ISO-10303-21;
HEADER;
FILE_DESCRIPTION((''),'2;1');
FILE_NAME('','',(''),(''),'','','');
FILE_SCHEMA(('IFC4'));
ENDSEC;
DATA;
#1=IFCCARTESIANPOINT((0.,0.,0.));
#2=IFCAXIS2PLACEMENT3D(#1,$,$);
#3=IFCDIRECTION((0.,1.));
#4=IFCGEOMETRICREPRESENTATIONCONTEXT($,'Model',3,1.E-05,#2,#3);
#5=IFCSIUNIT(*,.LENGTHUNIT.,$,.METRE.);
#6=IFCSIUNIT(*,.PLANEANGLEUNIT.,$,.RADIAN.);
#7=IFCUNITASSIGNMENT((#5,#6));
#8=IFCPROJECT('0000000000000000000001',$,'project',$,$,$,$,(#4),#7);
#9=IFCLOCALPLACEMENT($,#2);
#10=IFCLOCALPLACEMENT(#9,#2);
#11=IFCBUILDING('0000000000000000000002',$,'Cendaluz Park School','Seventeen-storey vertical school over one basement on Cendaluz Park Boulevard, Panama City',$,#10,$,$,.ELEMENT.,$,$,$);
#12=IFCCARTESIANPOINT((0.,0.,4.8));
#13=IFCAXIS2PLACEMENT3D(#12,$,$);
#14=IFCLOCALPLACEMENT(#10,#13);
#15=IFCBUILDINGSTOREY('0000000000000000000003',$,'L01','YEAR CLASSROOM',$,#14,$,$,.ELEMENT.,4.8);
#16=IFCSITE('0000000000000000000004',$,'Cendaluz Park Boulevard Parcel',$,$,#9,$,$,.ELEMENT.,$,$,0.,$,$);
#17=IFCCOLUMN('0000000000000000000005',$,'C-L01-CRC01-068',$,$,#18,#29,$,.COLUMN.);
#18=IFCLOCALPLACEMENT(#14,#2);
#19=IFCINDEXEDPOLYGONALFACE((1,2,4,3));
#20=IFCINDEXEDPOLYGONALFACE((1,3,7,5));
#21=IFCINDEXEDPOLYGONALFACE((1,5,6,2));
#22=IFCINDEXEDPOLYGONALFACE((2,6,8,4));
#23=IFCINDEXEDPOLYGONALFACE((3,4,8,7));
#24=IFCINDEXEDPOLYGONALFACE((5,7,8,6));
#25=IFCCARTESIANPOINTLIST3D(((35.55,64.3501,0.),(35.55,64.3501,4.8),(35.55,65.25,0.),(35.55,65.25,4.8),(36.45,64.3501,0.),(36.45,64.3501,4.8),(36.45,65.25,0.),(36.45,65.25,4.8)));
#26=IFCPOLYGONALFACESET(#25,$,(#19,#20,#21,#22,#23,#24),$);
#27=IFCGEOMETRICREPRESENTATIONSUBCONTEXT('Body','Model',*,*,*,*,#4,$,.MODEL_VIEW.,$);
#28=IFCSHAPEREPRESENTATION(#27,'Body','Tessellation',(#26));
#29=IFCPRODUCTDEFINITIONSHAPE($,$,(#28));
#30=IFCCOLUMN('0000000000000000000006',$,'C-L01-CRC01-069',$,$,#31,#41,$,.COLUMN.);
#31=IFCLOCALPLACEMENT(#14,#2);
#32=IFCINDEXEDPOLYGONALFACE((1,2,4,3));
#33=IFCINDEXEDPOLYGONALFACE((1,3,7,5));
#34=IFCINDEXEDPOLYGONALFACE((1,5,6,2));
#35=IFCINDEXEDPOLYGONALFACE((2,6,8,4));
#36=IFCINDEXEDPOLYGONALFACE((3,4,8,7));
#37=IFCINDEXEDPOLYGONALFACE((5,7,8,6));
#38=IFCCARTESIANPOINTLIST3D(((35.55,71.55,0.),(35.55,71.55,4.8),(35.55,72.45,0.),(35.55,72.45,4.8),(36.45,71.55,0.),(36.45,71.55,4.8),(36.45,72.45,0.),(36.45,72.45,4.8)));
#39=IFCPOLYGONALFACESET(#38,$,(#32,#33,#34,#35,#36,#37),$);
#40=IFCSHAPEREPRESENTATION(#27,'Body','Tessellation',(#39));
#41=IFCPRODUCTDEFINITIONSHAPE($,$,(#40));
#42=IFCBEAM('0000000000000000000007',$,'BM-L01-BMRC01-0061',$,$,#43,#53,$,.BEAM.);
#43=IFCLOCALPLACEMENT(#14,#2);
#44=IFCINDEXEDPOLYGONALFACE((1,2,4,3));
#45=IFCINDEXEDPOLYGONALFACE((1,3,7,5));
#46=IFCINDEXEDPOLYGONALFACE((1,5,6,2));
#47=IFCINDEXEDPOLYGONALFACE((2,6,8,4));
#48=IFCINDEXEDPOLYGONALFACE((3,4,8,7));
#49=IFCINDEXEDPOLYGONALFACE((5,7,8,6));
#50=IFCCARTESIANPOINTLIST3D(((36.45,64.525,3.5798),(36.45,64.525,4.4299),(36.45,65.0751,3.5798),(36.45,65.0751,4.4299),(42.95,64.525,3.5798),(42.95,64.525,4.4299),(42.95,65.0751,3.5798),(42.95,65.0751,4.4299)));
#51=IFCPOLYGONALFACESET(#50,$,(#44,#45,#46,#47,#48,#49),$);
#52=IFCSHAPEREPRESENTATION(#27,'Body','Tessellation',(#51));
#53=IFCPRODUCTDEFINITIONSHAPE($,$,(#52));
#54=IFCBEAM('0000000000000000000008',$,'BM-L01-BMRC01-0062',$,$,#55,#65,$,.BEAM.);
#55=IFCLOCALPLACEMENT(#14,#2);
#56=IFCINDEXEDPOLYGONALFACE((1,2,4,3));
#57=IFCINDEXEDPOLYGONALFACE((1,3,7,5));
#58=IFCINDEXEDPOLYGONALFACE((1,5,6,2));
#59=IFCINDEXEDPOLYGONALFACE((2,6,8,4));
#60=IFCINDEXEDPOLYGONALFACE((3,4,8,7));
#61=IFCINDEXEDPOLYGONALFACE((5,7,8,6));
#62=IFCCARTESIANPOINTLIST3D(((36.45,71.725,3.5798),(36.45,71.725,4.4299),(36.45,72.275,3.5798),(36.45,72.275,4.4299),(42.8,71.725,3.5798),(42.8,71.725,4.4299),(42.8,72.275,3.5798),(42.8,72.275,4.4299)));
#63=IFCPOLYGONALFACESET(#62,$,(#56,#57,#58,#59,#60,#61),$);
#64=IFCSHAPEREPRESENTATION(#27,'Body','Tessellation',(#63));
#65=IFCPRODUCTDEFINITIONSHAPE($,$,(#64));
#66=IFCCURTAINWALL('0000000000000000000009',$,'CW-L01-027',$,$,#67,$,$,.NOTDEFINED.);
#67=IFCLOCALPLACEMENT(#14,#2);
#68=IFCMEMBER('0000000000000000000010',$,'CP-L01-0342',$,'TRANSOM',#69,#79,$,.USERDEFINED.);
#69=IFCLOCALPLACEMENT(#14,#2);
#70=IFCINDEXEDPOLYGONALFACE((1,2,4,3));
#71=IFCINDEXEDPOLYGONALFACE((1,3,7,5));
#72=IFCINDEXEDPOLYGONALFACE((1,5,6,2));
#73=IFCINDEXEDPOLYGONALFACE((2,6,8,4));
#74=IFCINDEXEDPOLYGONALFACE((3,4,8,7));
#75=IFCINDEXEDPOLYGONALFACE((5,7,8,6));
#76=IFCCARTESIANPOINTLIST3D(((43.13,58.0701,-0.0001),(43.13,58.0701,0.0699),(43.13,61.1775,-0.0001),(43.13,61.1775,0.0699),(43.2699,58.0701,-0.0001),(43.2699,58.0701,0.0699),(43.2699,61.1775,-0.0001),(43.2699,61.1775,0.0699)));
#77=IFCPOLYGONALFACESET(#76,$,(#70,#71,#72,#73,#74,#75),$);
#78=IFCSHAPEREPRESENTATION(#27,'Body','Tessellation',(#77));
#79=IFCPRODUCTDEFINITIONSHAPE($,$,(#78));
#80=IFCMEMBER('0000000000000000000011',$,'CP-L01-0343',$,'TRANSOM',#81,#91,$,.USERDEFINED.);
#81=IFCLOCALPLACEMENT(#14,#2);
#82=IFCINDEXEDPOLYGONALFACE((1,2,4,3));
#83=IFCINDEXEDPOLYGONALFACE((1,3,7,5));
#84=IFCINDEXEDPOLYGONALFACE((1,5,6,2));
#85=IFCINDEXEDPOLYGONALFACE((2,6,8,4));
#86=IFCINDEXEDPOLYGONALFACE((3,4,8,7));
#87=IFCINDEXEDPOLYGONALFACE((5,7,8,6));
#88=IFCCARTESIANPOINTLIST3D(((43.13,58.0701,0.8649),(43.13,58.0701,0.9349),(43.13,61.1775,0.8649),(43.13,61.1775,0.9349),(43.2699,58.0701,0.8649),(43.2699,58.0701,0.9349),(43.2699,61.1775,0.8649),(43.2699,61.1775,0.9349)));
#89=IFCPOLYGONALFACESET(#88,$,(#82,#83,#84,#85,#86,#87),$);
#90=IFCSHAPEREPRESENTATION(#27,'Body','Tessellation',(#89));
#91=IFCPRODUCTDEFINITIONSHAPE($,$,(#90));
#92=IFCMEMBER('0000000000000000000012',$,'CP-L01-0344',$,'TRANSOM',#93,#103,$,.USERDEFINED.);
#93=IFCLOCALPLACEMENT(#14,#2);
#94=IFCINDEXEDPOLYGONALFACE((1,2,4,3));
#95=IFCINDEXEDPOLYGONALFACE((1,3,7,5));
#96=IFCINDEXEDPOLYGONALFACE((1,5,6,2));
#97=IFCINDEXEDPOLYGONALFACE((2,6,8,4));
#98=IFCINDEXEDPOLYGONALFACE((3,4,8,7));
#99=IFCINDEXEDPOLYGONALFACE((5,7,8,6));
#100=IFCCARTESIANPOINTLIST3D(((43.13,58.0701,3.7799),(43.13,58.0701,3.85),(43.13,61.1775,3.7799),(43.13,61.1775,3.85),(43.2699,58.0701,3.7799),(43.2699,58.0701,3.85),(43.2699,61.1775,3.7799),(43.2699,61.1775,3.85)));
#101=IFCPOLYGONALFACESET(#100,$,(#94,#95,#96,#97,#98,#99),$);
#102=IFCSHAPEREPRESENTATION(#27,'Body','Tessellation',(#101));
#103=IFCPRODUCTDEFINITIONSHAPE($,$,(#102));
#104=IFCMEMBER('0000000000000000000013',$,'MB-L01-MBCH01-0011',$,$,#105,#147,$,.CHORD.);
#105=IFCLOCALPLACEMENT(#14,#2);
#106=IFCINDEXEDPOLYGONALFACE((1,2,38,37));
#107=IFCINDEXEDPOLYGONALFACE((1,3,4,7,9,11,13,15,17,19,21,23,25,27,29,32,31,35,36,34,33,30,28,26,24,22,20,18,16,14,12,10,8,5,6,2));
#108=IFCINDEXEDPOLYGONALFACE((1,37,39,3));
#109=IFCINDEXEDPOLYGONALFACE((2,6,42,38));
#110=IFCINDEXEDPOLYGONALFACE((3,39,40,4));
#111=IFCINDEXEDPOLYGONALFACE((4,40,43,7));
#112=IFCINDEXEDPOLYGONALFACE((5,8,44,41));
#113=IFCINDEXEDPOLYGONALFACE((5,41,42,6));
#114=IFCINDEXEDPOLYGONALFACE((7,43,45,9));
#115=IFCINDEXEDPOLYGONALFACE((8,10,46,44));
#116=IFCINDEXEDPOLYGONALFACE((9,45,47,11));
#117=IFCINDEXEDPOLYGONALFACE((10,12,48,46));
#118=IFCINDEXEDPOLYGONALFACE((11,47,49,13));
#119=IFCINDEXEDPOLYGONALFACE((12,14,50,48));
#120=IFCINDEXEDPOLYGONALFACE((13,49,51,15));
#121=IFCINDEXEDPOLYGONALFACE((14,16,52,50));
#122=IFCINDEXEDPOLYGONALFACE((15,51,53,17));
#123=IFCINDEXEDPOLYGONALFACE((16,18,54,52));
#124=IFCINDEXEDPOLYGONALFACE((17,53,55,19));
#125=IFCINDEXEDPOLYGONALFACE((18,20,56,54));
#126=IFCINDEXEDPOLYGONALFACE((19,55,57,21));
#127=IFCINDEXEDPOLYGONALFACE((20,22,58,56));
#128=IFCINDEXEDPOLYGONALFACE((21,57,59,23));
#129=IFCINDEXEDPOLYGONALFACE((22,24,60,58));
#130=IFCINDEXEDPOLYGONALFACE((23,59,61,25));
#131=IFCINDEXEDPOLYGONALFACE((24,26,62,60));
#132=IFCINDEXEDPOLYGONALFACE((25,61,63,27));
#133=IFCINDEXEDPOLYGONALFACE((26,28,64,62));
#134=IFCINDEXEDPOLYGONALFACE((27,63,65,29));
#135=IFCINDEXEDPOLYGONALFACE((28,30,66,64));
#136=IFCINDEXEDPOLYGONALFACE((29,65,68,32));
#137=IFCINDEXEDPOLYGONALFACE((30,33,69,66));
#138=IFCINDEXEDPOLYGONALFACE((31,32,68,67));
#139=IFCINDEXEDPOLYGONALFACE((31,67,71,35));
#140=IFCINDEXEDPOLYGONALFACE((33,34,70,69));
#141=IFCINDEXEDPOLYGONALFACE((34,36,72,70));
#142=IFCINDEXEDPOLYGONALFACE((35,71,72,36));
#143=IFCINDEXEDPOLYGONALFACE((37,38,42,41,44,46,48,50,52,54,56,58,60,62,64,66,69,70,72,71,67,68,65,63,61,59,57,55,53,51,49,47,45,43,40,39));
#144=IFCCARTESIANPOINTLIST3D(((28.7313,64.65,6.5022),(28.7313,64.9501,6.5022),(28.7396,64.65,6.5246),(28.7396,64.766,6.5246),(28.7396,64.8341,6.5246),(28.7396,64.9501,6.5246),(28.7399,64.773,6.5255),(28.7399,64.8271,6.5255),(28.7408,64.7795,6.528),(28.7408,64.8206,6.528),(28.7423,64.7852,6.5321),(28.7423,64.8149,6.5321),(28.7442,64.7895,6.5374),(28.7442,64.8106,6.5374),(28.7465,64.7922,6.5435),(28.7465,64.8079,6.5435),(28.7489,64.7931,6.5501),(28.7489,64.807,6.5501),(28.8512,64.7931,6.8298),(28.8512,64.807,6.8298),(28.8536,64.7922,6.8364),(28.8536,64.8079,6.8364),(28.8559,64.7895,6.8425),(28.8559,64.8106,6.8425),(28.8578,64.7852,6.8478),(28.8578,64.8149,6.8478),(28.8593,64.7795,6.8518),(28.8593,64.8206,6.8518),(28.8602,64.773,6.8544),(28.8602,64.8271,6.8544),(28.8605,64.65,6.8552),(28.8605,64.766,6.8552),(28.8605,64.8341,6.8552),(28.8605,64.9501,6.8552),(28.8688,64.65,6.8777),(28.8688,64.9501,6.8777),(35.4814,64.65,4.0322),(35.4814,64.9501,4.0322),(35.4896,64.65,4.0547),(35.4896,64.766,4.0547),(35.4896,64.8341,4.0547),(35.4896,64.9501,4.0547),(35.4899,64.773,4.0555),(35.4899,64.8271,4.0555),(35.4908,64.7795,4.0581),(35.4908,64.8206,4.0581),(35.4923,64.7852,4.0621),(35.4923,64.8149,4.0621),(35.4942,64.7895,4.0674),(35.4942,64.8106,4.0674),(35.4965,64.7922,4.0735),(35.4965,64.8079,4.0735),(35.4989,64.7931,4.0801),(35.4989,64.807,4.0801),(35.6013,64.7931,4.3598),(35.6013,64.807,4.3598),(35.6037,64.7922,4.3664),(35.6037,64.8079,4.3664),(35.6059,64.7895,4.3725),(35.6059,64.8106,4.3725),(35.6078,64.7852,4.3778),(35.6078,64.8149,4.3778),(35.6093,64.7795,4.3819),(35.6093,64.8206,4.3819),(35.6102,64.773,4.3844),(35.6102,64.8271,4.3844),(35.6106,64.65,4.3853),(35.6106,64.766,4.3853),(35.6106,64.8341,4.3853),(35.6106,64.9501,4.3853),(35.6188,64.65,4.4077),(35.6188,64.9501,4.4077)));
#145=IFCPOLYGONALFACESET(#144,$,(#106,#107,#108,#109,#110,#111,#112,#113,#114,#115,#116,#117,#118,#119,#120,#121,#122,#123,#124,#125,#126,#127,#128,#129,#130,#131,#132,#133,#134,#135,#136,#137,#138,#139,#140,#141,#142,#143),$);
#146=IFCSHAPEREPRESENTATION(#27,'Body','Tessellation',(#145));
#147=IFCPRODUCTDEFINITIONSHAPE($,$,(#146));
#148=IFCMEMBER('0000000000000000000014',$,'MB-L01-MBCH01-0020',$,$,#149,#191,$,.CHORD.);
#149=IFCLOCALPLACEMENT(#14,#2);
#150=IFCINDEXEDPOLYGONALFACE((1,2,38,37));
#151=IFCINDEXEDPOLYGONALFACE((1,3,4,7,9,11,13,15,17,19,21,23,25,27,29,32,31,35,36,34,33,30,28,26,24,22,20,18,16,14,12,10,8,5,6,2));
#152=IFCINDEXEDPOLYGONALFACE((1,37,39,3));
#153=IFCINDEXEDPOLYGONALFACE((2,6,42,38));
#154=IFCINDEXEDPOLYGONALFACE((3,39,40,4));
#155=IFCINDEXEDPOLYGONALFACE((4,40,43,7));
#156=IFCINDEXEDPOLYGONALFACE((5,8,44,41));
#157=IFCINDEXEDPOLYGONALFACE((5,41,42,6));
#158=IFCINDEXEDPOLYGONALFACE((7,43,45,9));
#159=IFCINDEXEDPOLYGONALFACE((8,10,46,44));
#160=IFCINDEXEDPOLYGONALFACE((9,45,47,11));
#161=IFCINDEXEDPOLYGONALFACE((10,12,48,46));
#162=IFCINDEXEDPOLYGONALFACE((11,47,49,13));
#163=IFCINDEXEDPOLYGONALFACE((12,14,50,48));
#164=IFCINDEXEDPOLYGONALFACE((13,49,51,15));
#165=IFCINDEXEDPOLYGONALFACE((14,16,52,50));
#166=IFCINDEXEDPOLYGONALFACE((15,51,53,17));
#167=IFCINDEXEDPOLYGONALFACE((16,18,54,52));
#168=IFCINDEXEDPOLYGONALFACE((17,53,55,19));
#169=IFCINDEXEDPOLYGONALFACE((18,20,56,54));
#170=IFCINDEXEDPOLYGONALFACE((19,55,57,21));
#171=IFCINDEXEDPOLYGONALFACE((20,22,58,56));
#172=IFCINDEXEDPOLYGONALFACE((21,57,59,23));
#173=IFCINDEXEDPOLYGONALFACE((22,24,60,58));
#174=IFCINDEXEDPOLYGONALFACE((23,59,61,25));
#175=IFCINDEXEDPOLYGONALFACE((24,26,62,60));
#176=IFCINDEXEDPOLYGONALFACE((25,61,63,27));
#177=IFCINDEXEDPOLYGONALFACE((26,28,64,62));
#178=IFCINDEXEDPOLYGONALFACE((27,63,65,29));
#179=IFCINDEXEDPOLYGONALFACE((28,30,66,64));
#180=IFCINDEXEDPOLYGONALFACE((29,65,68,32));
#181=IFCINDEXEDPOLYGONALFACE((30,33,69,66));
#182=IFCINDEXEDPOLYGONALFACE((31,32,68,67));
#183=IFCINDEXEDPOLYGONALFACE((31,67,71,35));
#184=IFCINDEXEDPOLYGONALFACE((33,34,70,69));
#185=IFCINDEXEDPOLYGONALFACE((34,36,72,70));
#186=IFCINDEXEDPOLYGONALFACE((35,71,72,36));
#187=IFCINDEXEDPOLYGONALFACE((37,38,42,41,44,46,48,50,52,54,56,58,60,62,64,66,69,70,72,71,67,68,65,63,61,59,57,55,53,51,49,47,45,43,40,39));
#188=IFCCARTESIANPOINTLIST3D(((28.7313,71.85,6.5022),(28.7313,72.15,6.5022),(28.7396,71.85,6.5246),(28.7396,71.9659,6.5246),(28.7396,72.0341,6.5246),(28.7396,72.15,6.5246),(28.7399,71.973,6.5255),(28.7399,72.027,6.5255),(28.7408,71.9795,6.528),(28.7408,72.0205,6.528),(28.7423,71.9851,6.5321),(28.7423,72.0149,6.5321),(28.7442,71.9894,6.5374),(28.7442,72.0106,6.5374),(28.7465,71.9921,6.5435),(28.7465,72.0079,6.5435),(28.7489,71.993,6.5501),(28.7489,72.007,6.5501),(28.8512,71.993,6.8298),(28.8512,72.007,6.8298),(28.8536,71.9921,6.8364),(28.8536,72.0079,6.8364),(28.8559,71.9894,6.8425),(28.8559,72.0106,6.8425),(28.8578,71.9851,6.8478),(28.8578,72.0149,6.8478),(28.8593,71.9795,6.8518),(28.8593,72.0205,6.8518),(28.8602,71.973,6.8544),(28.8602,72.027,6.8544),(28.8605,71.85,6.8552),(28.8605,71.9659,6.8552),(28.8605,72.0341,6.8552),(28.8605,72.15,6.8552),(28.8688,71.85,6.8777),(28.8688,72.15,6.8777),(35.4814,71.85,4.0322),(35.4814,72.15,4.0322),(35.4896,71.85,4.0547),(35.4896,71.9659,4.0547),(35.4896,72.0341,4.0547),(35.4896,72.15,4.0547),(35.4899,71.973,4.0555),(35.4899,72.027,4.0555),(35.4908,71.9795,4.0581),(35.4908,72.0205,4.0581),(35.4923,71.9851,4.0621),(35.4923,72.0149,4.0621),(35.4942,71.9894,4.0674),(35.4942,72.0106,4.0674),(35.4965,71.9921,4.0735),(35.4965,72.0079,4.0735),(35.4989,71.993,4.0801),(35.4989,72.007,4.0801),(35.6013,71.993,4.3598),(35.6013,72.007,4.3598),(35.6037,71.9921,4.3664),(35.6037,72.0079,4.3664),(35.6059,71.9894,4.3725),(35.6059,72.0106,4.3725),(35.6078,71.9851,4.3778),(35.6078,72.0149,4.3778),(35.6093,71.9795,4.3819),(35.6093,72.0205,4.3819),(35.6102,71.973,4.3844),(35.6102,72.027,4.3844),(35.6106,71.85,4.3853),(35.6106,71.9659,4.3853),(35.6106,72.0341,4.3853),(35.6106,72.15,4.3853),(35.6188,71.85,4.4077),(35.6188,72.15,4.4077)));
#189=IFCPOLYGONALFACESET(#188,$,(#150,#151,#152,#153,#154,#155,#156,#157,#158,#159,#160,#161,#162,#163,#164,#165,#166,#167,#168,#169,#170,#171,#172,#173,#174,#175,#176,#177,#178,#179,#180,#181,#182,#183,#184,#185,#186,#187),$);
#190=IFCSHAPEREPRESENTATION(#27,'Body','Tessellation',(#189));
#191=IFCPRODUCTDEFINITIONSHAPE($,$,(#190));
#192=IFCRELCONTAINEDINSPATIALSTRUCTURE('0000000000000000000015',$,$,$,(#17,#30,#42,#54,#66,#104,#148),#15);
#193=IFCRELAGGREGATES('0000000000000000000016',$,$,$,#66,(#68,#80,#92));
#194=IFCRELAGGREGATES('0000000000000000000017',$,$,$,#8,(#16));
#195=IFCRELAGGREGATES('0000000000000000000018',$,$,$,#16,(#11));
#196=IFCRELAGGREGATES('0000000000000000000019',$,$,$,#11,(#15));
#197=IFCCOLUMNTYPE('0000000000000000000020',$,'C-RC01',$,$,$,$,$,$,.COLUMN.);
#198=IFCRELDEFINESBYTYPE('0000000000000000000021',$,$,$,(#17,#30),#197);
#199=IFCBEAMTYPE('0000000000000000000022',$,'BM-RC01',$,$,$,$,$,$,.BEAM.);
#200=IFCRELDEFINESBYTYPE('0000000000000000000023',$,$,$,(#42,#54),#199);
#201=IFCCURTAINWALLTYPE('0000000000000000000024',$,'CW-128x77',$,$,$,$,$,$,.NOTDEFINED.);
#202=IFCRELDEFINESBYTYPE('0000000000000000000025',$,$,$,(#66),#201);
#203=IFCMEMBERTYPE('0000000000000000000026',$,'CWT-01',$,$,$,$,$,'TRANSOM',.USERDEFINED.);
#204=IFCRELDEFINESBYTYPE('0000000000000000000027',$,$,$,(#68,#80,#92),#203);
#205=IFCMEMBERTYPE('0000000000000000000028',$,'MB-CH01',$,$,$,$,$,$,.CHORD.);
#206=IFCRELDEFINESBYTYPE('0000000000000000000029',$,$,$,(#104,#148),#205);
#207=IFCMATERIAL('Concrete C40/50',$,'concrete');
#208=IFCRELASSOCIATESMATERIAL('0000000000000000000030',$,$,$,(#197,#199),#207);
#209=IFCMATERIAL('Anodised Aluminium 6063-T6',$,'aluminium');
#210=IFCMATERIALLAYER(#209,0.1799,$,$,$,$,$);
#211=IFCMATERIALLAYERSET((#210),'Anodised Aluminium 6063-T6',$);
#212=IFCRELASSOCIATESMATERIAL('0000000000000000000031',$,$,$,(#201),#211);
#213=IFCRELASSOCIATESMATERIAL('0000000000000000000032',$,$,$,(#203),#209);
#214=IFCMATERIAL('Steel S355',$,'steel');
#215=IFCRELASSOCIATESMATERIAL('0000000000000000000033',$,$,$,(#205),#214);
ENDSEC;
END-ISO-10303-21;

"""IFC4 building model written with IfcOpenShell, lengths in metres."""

from ifc_helpers import new_model, si_unit, direction, frame, origin, origin_2d, place, context, subcontext, project, spatial, rectangle, i_section, extrude, material, layer, layer_set, material_profile, profile_set, type_object, element, aggregate, save


model = new_model("IFC4")

# Units and contexts
model_context = context("Model", 3, precision=1e-05, world=origin(), true_north=direction((0.0, 1.0)))
body_context = subcontext(model_context, "Body", "Model", "MODEL_VIEW")
ifc_project = project(units=[si_unit("LENGTHUNIT", "METRE"), si_unit("PLANEANGLEUNIT", "RADIAN")], contexts=[model_context])

# Site, building, storey
site_placement = place(None, origin())
site = spatial("IfcSite", under=ifc_project, at=site_placement, Name="Cendaluz Park Boulevard Parcel", CompositionType="ELEMENT", RefElevation=0.0)
building_placement = place(site_placement, origin())
building = spatial("IfcBuilding", under=site, at=building_placement, Name="Cendaluz Park School", Description="Seventeen-storey vertical school over one basement on Cendaluz Park Boulevard, Panama City", CompositionType="ELEMENT")
storey_placement = place(building_placement, frame((0.0, 0.0, 4.8)))
storey = spatial("IfcBuildingStorey", under=building, at=storey_placement, Name="L01", Description="YEAR CLASSROOM", CompositionType="ELEMENT", Elevation=4.8)

# Columns
ifc_material_1 = material(Name="Concrete C40/50", Category="concrete")
ifc_material_profile_1 = material_profile(ifc_material_1, rectangle(XDim=0.8999, YDim=0.8999, at=origin_2d()), Name="RC 900x900", Category="concrete")
ifc_profile_set_1 = profile_set([ifc_material_profile_1], Name="Concrete C40/50")
column_type = type_object("IfcColumnType", Name="C-RC01", PredefinedType="COLUMN", material=ifc_profile_set_1)
for number, where, z_axis, x_axis, name in (
    (1, (36.0, 64.8, 0.0), (0.0, 0.0, 1.0), (1.0, 0.0, 0.0), "C-L01-CRC01-068"),
    (2, (36.0, 72.0, 0.0), (0.0, 0.0, 1.0), (1.0, 0.0, 0.0), "C-L01-CRC01-069"),
):
    element("IfcColumn", number, at=place(storey_placement, frame(where, z_axis=z_axis, x_axis=x_axis)), inside=storey, type_object=column_type, Name=name, PredefinedType="COLUMN", context=body_context, shape_type="SweptSolid", body=[
        extrude(rectangle(XDim=0.8999, YDim=0.8999, at=origin_2d()), origin(), (0.0, 0.0, 1.0), 4.8),
    ])

# Beams
ifc_material_profile_2 = material_profile(ifc_material_1, rectangle(XDim=0.55, YDim=0.8501, at=origin_2d()), Name="RC 550x850", Category="concrete")
ifc_profile_set_2 = profile_set([ifc_material_profile_2], Name="Concrete C40/50")
beam_type_1 = type_object("IfcBeamType", Name="BM-RC01", PredefinedType="BEAM", material=ifc_profile_set_2)
beam_1_placement = place(storey_placement, frame((36.45, 64.8, 4.0049), z_axis=(1.0, 0.0, 0.0), x_axis=(0.0, 1.0, 0.0)))
element("IfcBeam", 3, at=beam_1_placement, inside=storey, type_object=beam_type_1, Name="BM-L01-BMRC01-0061", PredefinedType="BEAM", context=body_context, shape_type="SweptSolid", body=[
    extrude(rectangle(XDim=0.55, YDim=0.8501, at=origin_2d()), origin(), (0.0, 0.0, 1.0), 6.5),
])
beam_2_placement = place(storey_placement, frame((36.45, 72.0, 4.0049), z_axis=(1.0, 0.0, 0.0), x_axis=(0.0, 1.0, 0.0)))
element("IfcBeam", 4, at=beam_2_placement, inside=storey, type_object=beam_type_1, Name="BM-L01-BMRC01-0062", PredefinedType="BEAM", context=body_context, shape_type="SweptSolid", body=[
    extrude(rectangle(XDim=0.55, YDim=0.8501, at=origin_2d()), origin(), (0.0, 0.0, 1.0), 6.3501),
])

# Curtain wall, members
ifc_material_2 = material(Name="Anodised Aluminium 6063-T6", Category="aluminium")
ifc_layer_1 = layer(ifc_material_2, 0.1799)
ifc_layer_set_1 = layer_set([ifc_layer_1], Name="Anodised Aluminium 6063-T6")
curtain_wall_type = type_object("IfcCurtainWallType", Name="CW-128x77", PredefinedType="NOTDEFINED", material=ifc_layer_set_1)
curtain_wall_placement = place(storey_placement, origin())
curtain_wall = element("IfcCurtainWall", 5, at=curtain_wall_placement, inside=storey, type_object=curtain_wall_type, Name="CW-L01-027", PredefinedType="NOTDEFINED")
ifc_material_profile_3 = material_profile(ifc_material_2, rectangle(XDim=0.1399, YDim=0.0701, at=origin_2d()), Name="CWT 140x70", Category="aluminium")
ifc_profile_set_3 = profile_set([ifc_material_profile_3], Name="Anodised Aluminium 6063-T6")
member_type_1 = type_object("IfcMemberType", Name="CWT-01", ElementType="TRANSOM", PredefinedType="USERDEFINED", material=ifc_profile_set_3)
member_1_placement = place(storey_placement, frame((43.2, 58.0701, 0.0349), z_axis=(0.0, 1.0, 0.0), x_axis=(-1.0, 0.0, 0.0)))
member_1 = element("IfcMember", 6, at=member_1_placement, type_object=member_type_1, Name="CP-L01-0342", ObjectType="TRANSOM", PredefinedType="USERDEFINED", context=body_context, shape_type="SweptSolid", body=[
    extrude(rectangle(XDim=0.1399, YDim=0.0701, at=origin_2d()), origin(), (0.0, 0.0, 1.0), 3.1074),
])
member_2_placement = place(storey_placement, frame((43.2, 58.0701, 0.8999), z_axis=(0.0, 1.0, 0.0), x_axis=(-1.0, 0.0, 0.0)))
member_2 = element("IfcMember", 7, at=member_2_placement, type_object=member_type_1, Name="CP-L01-0343", ObjectType="TRANSOM", PredefinedType="USERDEFINED", context=body_context, shape_type="SweptSolid", body=[
    extrude(rectangle(XDim=0.1399, YDim=0.0701, at=origin_2d()), origin(), (0.0, 0.0, 1.0), 3.1074),
])
member_3_placement = place(storey_placement, frame((43.2, 58.0701, 3.8149), z_axis=(0.0, 1.0, 0.0), x_axis=(-1.0, 0.0, 0.0)))
member_3 = element("IfcMember", 8, at=member_3_placement, type_object=member_type_1, Name="CP-L01-0344", ObjectType="TRANSOM", PredefinedType="USERDEFINED", context=body_context, shape_type="SweptSolid", body=[
    extrude(rectangle(XDim=0.1399, YDim=0.0701, at=origin_2d()), origin(), (0.0, 0.0, 1.0), 3.1074),
])

# Members
ifc_material_3 = material(Name="Steel S355", Category="steel")
ifc_material_profile_4 = material_profile(ifc_material_3, i_section(OverallWidth=0.3, OverallDepth=0.3999, WebThickness=0.0139, FlangeThickness=0.0239, FilletRadius=0.0271, at=origin_2d()), Name="HEB 400", Category="steel")
ifc_profile_set_4 = profile_set([ifc_material_profile_4], Name="Steel S355")
member_type_2 = type_object("IfcMemberType", Name="MB-CH01", PredefinedType="CHORD", material=ifc_profile_set_4)
for number, where, z_axis, x_axis, name in (
    (9, (28.8, 64.8, 6.6899), (0.939102, 0.0, -0.343638), (0.0, 1.0, 0.0), "MB-L01-MBCH01-0011"),
    (10, (28.8, 72.0, 6.6899), (0.939102, 0.0, -0.343638), (0.0, 1.0, 0.0), "MB-L01-MBCH01-0020"),
):
    element("IfcMember", number, at=place(storey_placement, frame(where, z_axis=z_axis, x_axis=x_axis)), inside=storey, type_object=member_type_2, Name=name, PredefinedType="CHORD", context=body_context, shape_type="SweptSolid", body=[
        extrude(i_section(OverallWidth=0.3, OverallDepth=0.3999, WebThickness=0.0139, FlangeThickness=0.0239, FilletRadius=0.0271, at=origin_2d()), origin(), (0.0, 0.0, 1.0), 7.1877),
    ])

aggregate(curtain_wall, [member_1, member_2, member_3])

save(model, "model.ifc")
